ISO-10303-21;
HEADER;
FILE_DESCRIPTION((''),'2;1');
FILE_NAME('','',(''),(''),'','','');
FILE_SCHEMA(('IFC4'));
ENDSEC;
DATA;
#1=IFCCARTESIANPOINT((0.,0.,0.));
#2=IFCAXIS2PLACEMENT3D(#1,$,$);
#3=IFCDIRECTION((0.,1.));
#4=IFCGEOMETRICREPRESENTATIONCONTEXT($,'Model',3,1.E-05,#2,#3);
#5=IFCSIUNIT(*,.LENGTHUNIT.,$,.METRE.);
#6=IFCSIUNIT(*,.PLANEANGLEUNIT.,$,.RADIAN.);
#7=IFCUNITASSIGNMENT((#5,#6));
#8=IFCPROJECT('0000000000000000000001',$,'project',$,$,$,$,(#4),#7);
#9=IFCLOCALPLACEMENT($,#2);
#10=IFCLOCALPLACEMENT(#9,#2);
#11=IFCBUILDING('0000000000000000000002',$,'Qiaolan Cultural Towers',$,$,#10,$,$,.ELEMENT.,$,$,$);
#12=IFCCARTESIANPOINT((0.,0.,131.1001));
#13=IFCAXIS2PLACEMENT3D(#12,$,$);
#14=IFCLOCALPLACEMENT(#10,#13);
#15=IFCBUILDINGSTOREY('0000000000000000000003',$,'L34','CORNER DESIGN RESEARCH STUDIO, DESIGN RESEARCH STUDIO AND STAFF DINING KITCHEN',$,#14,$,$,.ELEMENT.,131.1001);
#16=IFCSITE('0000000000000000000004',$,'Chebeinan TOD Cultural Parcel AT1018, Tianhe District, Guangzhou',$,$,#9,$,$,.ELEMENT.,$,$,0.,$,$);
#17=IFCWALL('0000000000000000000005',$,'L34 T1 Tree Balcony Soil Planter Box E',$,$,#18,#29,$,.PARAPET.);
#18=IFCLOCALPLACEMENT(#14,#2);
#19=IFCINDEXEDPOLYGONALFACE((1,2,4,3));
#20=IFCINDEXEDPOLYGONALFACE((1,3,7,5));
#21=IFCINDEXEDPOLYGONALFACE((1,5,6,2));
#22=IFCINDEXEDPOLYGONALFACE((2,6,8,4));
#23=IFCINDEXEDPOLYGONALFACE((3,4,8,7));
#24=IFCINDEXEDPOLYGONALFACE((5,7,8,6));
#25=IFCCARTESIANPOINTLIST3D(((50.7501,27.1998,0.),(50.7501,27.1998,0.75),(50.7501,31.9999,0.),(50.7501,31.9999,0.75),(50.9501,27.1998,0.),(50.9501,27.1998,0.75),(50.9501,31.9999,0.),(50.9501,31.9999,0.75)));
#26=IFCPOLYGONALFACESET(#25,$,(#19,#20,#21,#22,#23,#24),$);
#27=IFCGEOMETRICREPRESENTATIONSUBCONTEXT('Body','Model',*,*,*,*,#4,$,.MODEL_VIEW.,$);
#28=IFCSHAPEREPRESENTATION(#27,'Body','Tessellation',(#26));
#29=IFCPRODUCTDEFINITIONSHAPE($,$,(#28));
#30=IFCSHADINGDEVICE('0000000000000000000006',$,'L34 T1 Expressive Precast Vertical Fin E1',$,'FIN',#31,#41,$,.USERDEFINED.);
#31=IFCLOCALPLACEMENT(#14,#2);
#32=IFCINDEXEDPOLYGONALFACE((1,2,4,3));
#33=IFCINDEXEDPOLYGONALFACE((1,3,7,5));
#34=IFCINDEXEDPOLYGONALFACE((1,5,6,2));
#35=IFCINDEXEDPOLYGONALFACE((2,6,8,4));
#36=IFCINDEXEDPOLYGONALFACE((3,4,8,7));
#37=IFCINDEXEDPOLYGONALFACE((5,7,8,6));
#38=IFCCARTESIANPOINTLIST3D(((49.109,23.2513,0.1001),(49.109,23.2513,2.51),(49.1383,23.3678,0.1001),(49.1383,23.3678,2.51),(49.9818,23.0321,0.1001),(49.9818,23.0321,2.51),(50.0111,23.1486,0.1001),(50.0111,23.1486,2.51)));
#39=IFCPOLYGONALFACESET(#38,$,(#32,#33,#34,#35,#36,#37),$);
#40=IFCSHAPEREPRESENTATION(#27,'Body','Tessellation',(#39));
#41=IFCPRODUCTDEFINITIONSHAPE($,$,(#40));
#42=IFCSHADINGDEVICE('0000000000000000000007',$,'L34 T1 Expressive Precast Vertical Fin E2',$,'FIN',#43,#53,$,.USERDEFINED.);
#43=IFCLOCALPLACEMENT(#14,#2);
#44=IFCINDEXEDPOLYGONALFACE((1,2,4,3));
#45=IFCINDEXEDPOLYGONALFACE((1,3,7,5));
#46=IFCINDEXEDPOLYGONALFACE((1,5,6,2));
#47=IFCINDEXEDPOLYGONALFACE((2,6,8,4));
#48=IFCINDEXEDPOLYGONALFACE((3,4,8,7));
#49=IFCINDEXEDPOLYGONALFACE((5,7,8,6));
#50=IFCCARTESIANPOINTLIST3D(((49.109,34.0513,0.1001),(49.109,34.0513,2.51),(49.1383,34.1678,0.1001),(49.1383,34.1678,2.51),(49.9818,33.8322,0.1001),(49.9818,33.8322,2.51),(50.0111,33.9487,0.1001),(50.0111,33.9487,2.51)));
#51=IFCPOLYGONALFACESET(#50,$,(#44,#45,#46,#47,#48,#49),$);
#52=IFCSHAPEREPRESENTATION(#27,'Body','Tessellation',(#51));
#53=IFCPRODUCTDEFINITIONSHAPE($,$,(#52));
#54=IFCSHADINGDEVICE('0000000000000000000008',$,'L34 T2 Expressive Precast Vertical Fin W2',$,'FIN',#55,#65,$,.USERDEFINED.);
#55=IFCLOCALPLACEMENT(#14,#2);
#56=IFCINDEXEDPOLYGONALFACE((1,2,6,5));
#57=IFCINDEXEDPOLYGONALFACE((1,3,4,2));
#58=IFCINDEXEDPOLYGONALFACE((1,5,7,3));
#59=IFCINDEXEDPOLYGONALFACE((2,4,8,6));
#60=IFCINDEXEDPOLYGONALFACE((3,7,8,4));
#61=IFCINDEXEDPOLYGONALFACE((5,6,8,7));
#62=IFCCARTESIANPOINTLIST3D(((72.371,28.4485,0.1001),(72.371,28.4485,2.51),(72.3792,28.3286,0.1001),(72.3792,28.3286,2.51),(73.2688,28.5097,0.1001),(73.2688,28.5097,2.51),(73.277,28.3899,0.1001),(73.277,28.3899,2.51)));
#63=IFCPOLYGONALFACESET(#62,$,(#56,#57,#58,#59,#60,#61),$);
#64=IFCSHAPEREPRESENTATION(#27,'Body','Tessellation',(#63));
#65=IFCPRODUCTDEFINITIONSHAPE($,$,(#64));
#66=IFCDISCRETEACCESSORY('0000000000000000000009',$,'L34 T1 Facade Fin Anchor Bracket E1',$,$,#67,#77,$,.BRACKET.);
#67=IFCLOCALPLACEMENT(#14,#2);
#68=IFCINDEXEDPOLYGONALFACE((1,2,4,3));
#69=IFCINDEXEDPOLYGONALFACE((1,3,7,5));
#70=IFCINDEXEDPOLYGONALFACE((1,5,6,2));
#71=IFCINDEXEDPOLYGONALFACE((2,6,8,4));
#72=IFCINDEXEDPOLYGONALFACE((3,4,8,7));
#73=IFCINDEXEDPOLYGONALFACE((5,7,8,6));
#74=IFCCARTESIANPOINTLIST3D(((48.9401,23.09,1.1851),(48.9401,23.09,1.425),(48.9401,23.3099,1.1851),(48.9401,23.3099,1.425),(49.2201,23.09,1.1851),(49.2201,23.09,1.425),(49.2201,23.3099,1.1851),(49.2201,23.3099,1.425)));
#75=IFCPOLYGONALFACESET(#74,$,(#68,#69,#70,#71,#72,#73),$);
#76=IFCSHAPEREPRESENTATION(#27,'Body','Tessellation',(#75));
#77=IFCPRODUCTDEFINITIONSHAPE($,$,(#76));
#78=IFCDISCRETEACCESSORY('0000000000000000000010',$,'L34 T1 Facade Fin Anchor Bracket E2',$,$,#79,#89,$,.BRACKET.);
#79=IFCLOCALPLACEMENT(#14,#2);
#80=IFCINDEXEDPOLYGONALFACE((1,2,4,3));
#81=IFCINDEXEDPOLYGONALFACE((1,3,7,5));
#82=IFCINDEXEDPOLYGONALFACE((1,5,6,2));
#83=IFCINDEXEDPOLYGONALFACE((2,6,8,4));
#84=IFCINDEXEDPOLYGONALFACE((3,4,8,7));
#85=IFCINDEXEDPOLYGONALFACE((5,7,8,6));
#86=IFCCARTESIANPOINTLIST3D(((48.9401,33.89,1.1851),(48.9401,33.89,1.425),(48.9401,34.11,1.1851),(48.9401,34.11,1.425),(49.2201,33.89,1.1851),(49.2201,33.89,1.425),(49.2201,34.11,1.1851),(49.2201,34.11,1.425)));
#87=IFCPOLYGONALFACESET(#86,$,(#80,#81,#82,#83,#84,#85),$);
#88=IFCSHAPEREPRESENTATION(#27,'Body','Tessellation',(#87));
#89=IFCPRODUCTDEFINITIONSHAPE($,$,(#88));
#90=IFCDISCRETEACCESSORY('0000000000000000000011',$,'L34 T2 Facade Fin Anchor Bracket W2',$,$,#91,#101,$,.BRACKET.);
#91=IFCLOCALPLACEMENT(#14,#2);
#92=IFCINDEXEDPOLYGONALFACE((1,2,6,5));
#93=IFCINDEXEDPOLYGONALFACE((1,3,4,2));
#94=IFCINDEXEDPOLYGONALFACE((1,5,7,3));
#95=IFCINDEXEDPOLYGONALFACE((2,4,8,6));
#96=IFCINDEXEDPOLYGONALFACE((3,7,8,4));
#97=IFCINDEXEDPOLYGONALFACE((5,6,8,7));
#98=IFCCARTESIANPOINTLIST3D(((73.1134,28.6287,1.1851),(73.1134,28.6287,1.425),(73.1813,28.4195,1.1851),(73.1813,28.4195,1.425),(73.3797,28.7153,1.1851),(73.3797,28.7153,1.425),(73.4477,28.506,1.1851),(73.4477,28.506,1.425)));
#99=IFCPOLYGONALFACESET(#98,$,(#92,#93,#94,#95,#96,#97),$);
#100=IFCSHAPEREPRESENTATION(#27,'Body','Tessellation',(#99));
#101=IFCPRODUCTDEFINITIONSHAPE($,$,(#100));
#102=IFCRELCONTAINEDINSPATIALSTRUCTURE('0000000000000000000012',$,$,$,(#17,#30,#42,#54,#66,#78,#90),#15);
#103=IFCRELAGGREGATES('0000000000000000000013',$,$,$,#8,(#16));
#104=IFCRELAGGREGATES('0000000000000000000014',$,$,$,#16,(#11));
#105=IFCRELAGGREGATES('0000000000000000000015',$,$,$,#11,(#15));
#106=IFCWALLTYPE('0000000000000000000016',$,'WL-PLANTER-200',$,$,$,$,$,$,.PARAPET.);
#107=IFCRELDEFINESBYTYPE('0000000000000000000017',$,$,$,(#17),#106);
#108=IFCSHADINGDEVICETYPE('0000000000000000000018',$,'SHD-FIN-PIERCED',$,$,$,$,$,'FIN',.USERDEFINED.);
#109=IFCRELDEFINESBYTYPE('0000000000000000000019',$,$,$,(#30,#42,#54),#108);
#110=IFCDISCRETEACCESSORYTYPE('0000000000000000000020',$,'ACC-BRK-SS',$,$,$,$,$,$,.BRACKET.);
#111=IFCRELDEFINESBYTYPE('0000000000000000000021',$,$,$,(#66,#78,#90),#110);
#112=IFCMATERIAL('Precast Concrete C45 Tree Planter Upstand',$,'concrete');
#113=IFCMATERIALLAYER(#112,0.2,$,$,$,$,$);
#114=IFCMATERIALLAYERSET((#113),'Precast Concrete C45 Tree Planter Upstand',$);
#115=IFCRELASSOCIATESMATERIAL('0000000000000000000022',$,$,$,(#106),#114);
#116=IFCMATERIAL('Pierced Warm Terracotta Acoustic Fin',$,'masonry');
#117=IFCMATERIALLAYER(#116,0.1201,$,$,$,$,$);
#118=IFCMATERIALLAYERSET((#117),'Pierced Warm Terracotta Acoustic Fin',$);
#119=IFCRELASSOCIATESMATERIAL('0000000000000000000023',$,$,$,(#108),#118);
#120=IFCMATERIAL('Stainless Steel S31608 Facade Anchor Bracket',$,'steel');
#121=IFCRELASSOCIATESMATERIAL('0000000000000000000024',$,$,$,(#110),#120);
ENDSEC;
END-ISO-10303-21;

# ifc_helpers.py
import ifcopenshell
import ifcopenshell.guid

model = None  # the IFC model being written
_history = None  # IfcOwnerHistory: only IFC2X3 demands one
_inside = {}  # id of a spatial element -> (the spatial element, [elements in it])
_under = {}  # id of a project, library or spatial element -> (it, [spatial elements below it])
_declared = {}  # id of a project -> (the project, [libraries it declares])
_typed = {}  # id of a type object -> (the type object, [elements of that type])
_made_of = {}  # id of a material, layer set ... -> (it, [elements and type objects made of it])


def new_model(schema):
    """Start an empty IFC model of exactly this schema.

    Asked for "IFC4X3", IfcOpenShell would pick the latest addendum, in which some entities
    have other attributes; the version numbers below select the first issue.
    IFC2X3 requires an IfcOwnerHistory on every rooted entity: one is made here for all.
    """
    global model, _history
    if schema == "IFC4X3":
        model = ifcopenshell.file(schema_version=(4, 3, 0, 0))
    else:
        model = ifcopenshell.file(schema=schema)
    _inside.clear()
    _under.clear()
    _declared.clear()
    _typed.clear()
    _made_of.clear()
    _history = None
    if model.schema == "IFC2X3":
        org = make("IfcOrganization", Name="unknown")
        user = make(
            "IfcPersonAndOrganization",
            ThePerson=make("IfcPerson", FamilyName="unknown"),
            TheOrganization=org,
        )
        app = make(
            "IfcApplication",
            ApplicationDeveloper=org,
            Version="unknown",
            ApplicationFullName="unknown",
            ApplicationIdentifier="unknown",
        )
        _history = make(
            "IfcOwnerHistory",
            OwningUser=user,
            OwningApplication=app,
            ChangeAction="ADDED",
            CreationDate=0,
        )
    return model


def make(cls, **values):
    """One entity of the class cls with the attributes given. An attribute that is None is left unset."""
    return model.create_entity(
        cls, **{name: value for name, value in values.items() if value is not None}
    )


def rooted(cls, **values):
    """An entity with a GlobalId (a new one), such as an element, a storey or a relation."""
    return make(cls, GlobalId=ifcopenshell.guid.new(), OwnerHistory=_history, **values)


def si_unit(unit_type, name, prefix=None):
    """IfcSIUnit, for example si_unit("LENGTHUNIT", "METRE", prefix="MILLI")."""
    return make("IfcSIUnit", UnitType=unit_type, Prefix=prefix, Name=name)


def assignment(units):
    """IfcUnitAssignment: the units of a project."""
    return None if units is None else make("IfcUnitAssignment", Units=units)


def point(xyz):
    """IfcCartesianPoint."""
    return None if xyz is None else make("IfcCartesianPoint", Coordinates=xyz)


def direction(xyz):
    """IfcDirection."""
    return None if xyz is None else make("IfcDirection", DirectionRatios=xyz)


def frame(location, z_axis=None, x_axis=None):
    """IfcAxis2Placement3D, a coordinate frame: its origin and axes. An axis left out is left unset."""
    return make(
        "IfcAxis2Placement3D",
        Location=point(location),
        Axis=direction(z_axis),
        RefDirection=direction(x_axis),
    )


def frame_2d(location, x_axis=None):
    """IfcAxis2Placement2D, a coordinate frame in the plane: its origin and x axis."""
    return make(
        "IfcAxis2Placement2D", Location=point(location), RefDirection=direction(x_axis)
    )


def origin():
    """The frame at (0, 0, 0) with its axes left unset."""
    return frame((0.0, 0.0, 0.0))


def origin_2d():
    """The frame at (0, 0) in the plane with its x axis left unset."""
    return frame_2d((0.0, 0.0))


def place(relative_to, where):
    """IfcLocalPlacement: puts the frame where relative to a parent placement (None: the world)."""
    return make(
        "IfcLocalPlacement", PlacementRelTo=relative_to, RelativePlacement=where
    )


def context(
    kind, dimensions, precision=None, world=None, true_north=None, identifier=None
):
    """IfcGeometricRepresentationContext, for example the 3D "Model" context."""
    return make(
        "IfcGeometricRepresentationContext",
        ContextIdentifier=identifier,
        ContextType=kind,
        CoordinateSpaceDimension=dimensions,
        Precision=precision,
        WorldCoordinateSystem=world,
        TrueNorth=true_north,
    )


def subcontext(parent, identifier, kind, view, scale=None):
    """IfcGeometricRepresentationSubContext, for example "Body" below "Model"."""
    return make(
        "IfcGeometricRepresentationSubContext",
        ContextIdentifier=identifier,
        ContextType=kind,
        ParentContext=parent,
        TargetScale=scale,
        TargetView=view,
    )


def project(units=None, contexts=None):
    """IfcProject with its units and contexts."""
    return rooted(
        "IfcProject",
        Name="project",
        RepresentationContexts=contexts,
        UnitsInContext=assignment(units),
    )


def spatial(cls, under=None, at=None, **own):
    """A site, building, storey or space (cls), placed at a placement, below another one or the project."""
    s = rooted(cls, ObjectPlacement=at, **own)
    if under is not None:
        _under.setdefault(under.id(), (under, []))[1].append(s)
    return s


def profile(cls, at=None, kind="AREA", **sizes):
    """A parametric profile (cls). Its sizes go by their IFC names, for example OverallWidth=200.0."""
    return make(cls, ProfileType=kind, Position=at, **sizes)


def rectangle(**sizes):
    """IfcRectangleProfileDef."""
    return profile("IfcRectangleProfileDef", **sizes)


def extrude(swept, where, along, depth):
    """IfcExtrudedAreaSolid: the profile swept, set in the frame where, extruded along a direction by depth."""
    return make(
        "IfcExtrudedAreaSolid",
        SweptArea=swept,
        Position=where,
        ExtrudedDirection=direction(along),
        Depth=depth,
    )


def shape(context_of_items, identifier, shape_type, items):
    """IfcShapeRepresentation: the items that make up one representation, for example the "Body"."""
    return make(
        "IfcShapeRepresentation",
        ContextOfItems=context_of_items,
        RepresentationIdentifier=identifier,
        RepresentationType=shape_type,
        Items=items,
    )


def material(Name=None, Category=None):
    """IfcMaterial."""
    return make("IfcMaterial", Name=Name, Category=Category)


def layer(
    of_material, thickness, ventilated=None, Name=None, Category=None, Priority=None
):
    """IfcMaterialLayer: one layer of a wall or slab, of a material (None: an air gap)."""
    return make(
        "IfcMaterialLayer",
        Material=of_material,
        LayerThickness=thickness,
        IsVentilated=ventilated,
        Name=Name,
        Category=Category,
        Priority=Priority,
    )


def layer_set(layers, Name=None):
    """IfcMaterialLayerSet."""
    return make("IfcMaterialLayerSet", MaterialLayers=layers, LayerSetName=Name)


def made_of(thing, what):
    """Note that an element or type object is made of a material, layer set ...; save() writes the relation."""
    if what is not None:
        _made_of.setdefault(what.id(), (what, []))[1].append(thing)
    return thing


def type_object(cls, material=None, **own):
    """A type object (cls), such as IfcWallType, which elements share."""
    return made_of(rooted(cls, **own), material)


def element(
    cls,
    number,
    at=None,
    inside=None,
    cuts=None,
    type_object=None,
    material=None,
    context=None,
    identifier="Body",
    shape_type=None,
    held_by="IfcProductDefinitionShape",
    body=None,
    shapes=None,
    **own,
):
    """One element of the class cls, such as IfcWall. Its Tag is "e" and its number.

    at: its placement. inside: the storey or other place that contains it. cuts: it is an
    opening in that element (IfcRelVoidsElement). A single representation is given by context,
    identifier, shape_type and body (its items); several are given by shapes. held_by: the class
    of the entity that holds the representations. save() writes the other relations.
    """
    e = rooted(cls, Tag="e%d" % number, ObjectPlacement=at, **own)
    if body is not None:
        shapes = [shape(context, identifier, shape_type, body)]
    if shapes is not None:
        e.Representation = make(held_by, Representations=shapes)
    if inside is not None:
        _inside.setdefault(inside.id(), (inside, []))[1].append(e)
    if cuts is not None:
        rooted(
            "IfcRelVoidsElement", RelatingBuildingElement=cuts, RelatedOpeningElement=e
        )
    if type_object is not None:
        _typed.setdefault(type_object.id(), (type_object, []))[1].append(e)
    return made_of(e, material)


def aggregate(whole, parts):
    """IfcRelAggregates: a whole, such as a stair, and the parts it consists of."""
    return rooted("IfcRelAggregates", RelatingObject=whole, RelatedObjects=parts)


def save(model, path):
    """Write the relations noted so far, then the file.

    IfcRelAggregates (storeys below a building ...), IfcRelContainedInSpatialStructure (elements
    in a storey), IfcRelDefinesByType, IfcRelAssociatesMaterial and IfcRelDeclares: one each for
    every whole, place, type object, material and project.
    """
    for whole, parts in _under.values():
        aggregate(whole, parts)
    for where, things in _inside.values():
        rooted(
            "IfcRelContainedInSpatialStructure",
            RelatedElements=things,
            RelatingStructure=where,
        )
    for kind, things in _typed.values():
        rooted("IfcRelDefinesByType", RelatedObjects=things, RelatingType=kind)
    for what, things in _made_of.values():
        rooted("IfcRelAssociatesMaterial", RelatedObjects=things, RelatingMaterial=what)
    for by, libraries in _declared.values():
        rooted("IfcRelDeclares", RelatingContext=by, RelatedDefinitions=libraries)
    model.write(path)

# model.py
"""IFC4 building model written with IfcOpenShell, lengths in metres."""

from ifc_helpers import new_model, si_unit, direction, frame, frame_2d, origin, origin_2d, place, context, subcontext, project, spatial, rectangle, extrude, material, layer, layer_set, type_object, element, save


model = new_model("IFC4")

# Units and contexts
model_context = context("Model", 3, precision=1e-05, world=origin(), true_north=direction((0.0, 1.0)))
body_context = subcontext(model_context, "Body", "Model", "MODEL_VIEW")
ifc_project = project(units=[si_unit("LENGTHUNIT", "METRE"), si_unit("PLANEANGLEUNIT", "RADIAN")], contexts=[model_context])

# Site, building, storey
site_placement = place(None, origin())
site = spatial("IfcSite", under=ifc_project, at=site_placement, Name="Chebeinan TOD Cultural Parcel AT1018, Tianhe District, Guangzhou", CompositionType="ELEMENT", RefElevation=0.0)
building_placement = place(site_placement, origin())
building = spatial("IfcBuilding", under=site, at=building_placement, Name="Qiaolan Cultural Towers", CompositionType="ELEMENT")
storey_placement = place(building_placement, frame((0.0, 0.0, 131.1001)))
storey = spatial("IfcBuildingStorey", under=building, at=storey_placement, Name="L34", Description="CORNER DESIGN RESEARCH STUDIO, DESIGN RESEARCH STUDIO AND STAFF DINING KITCHEN", CompositionType="ELEMENT", Elevation=131.1001)

# Wall
ifc_material_1 = material(Name="Precast Concrete C45 Tree Planter Upstand", Category="concrete")
ifc_layer_1 = layer(ifc_material_1, 0.2)
ifc_layer_set_1 = layer_set([ifc_layer_1], Name="Precast Concrete C45 Tree Planter Upstand")
wall_type_1 = type_object("IfcWallType", Name="WL-PLANTER-200", PredefinedType="PARAPET", material=ifc_layer_set_1)
wall_1_placement = place(storey_placement, frame((50.8501, 27.2, 0.0), z_axis=(0.0, 0.0, 1.0), x_axis=(0.0, 1.0, 0.0)))
element("IfcWall", 1, at=wall_1_placement, inside=storey, type_object=wall_type_1, Name="L34 T1 Tree Balcony Soil Planter Box E", PredefinedType="PARAPET", context=body_context, shape_type="SweptSolid", body=[
    extrude(rectangle(XDim=4.8, YDim=0.2, at=frame_2d((2.3999, 0.0))), origin(), (0.0, 0.0, 1.0), 0.75),
])

# Shading devices
ifc_material_2 = material(Name="Pierced Warm Terracotta Acoustic Fin", Category="masonry")
ifc_layer_2 = layer(ifc_material_2, 0.1201)
ifc_layer_set_2 = layer_set([ifc_layer_2], Name="Pierced Warm Terracotta Acoustic Fin")
shading_device_type = type_object("IfcShadingDeviceType", Name="SHD-FIN-PIERCED", ElementType="FIN", PredefinedType="USERDEFINED", material=ifc_layer_set_2)
for number, where, z_axis, x_axis, name in (
    (2, (49.5601, 23.2, 0.1001), (0.0, 0.0, 1.0), (0.969892, -0.243537, 0.0), "L34 T1 Expressive Precast Vertical Fin E1"),
    (3, (49.5601, 34.0, 0.1001), (0.0, 0.0, 1.0), (0.969892, -0.243537, 0.0), "L34 T1 Expressive Precast Vertical Fin E2"),
    (4, (72.824, 28.4192, 0.1001), (0.0, 0.0, 1.0), (0.997679, 0.068096, 0.0), "L34 T2 Expressive Precast Vertical Fin W2"),
):
    element("IfcShadingDevice", number, at=place(storey_placement, frame(where, z_axis=z_axis, x_axis=x_axis)), inside=storey, type_object=shading_device_type, Name=name, ObjectType="FIN", PredefinedType="USERDEFINED", context=body_context, shape_type="SweptSolid", body=[
        extrude(rectangle(XDim=0.8999, YDim=0.1201, at=origin_2d()), origin(), (0.0, 0.0, 1.0), 2.4099),
    ])

# Discrete accessories
ifc_material_3 = material(Name="Stainless Steel S31608 Facade Anchor Bracket", Category="steel")
discrete_accessory_type = type_object("IfcDiscreteAccessoryType", Name="ACC-BRK-SS", PredefinedType="BRACKET", material=ifc_material_3)
for number, where, z_axis, x_axis, name in (
    (5, (49.0801, 23.2, 1.1851), (0.0, 0.0, 1.0), (1.0, 0.0, 0.0), "L34 T1 Facade Fin Anchor Bracket E1"),
    (6, (49.0801, 34.0, 1.1851), (0.0, 0.0, 1.0), (1.0, 0.0, 0.0), "L34 T1 Facade Fin Anchor Bracket E2"),
    (7, (73.2805, 28.5674, 1.1851), (0.0, 0.0, 1.0), (0.951057, 0.309017, 0.0), "L34 T2 Facade Fin Anchor Bracket W2"),
):
    element("IfcDiscreteAccessory", number, at=place(storey_placement, frame(where, z_axis=z_axis, x_axis=x_axis)), inside=storey, type_object=discrete_accessory_type, Name=name, PredefinedType="BRACKET", context=body_context, shape_type="SweptSolid", body=[
        extrude(rectangle(XDim=0.28, YDim=0.22, at=origin_2d()), origin(), (0.0, 0.0, 1.0), 0.24),
    ])

save(model, "model.ifc")
